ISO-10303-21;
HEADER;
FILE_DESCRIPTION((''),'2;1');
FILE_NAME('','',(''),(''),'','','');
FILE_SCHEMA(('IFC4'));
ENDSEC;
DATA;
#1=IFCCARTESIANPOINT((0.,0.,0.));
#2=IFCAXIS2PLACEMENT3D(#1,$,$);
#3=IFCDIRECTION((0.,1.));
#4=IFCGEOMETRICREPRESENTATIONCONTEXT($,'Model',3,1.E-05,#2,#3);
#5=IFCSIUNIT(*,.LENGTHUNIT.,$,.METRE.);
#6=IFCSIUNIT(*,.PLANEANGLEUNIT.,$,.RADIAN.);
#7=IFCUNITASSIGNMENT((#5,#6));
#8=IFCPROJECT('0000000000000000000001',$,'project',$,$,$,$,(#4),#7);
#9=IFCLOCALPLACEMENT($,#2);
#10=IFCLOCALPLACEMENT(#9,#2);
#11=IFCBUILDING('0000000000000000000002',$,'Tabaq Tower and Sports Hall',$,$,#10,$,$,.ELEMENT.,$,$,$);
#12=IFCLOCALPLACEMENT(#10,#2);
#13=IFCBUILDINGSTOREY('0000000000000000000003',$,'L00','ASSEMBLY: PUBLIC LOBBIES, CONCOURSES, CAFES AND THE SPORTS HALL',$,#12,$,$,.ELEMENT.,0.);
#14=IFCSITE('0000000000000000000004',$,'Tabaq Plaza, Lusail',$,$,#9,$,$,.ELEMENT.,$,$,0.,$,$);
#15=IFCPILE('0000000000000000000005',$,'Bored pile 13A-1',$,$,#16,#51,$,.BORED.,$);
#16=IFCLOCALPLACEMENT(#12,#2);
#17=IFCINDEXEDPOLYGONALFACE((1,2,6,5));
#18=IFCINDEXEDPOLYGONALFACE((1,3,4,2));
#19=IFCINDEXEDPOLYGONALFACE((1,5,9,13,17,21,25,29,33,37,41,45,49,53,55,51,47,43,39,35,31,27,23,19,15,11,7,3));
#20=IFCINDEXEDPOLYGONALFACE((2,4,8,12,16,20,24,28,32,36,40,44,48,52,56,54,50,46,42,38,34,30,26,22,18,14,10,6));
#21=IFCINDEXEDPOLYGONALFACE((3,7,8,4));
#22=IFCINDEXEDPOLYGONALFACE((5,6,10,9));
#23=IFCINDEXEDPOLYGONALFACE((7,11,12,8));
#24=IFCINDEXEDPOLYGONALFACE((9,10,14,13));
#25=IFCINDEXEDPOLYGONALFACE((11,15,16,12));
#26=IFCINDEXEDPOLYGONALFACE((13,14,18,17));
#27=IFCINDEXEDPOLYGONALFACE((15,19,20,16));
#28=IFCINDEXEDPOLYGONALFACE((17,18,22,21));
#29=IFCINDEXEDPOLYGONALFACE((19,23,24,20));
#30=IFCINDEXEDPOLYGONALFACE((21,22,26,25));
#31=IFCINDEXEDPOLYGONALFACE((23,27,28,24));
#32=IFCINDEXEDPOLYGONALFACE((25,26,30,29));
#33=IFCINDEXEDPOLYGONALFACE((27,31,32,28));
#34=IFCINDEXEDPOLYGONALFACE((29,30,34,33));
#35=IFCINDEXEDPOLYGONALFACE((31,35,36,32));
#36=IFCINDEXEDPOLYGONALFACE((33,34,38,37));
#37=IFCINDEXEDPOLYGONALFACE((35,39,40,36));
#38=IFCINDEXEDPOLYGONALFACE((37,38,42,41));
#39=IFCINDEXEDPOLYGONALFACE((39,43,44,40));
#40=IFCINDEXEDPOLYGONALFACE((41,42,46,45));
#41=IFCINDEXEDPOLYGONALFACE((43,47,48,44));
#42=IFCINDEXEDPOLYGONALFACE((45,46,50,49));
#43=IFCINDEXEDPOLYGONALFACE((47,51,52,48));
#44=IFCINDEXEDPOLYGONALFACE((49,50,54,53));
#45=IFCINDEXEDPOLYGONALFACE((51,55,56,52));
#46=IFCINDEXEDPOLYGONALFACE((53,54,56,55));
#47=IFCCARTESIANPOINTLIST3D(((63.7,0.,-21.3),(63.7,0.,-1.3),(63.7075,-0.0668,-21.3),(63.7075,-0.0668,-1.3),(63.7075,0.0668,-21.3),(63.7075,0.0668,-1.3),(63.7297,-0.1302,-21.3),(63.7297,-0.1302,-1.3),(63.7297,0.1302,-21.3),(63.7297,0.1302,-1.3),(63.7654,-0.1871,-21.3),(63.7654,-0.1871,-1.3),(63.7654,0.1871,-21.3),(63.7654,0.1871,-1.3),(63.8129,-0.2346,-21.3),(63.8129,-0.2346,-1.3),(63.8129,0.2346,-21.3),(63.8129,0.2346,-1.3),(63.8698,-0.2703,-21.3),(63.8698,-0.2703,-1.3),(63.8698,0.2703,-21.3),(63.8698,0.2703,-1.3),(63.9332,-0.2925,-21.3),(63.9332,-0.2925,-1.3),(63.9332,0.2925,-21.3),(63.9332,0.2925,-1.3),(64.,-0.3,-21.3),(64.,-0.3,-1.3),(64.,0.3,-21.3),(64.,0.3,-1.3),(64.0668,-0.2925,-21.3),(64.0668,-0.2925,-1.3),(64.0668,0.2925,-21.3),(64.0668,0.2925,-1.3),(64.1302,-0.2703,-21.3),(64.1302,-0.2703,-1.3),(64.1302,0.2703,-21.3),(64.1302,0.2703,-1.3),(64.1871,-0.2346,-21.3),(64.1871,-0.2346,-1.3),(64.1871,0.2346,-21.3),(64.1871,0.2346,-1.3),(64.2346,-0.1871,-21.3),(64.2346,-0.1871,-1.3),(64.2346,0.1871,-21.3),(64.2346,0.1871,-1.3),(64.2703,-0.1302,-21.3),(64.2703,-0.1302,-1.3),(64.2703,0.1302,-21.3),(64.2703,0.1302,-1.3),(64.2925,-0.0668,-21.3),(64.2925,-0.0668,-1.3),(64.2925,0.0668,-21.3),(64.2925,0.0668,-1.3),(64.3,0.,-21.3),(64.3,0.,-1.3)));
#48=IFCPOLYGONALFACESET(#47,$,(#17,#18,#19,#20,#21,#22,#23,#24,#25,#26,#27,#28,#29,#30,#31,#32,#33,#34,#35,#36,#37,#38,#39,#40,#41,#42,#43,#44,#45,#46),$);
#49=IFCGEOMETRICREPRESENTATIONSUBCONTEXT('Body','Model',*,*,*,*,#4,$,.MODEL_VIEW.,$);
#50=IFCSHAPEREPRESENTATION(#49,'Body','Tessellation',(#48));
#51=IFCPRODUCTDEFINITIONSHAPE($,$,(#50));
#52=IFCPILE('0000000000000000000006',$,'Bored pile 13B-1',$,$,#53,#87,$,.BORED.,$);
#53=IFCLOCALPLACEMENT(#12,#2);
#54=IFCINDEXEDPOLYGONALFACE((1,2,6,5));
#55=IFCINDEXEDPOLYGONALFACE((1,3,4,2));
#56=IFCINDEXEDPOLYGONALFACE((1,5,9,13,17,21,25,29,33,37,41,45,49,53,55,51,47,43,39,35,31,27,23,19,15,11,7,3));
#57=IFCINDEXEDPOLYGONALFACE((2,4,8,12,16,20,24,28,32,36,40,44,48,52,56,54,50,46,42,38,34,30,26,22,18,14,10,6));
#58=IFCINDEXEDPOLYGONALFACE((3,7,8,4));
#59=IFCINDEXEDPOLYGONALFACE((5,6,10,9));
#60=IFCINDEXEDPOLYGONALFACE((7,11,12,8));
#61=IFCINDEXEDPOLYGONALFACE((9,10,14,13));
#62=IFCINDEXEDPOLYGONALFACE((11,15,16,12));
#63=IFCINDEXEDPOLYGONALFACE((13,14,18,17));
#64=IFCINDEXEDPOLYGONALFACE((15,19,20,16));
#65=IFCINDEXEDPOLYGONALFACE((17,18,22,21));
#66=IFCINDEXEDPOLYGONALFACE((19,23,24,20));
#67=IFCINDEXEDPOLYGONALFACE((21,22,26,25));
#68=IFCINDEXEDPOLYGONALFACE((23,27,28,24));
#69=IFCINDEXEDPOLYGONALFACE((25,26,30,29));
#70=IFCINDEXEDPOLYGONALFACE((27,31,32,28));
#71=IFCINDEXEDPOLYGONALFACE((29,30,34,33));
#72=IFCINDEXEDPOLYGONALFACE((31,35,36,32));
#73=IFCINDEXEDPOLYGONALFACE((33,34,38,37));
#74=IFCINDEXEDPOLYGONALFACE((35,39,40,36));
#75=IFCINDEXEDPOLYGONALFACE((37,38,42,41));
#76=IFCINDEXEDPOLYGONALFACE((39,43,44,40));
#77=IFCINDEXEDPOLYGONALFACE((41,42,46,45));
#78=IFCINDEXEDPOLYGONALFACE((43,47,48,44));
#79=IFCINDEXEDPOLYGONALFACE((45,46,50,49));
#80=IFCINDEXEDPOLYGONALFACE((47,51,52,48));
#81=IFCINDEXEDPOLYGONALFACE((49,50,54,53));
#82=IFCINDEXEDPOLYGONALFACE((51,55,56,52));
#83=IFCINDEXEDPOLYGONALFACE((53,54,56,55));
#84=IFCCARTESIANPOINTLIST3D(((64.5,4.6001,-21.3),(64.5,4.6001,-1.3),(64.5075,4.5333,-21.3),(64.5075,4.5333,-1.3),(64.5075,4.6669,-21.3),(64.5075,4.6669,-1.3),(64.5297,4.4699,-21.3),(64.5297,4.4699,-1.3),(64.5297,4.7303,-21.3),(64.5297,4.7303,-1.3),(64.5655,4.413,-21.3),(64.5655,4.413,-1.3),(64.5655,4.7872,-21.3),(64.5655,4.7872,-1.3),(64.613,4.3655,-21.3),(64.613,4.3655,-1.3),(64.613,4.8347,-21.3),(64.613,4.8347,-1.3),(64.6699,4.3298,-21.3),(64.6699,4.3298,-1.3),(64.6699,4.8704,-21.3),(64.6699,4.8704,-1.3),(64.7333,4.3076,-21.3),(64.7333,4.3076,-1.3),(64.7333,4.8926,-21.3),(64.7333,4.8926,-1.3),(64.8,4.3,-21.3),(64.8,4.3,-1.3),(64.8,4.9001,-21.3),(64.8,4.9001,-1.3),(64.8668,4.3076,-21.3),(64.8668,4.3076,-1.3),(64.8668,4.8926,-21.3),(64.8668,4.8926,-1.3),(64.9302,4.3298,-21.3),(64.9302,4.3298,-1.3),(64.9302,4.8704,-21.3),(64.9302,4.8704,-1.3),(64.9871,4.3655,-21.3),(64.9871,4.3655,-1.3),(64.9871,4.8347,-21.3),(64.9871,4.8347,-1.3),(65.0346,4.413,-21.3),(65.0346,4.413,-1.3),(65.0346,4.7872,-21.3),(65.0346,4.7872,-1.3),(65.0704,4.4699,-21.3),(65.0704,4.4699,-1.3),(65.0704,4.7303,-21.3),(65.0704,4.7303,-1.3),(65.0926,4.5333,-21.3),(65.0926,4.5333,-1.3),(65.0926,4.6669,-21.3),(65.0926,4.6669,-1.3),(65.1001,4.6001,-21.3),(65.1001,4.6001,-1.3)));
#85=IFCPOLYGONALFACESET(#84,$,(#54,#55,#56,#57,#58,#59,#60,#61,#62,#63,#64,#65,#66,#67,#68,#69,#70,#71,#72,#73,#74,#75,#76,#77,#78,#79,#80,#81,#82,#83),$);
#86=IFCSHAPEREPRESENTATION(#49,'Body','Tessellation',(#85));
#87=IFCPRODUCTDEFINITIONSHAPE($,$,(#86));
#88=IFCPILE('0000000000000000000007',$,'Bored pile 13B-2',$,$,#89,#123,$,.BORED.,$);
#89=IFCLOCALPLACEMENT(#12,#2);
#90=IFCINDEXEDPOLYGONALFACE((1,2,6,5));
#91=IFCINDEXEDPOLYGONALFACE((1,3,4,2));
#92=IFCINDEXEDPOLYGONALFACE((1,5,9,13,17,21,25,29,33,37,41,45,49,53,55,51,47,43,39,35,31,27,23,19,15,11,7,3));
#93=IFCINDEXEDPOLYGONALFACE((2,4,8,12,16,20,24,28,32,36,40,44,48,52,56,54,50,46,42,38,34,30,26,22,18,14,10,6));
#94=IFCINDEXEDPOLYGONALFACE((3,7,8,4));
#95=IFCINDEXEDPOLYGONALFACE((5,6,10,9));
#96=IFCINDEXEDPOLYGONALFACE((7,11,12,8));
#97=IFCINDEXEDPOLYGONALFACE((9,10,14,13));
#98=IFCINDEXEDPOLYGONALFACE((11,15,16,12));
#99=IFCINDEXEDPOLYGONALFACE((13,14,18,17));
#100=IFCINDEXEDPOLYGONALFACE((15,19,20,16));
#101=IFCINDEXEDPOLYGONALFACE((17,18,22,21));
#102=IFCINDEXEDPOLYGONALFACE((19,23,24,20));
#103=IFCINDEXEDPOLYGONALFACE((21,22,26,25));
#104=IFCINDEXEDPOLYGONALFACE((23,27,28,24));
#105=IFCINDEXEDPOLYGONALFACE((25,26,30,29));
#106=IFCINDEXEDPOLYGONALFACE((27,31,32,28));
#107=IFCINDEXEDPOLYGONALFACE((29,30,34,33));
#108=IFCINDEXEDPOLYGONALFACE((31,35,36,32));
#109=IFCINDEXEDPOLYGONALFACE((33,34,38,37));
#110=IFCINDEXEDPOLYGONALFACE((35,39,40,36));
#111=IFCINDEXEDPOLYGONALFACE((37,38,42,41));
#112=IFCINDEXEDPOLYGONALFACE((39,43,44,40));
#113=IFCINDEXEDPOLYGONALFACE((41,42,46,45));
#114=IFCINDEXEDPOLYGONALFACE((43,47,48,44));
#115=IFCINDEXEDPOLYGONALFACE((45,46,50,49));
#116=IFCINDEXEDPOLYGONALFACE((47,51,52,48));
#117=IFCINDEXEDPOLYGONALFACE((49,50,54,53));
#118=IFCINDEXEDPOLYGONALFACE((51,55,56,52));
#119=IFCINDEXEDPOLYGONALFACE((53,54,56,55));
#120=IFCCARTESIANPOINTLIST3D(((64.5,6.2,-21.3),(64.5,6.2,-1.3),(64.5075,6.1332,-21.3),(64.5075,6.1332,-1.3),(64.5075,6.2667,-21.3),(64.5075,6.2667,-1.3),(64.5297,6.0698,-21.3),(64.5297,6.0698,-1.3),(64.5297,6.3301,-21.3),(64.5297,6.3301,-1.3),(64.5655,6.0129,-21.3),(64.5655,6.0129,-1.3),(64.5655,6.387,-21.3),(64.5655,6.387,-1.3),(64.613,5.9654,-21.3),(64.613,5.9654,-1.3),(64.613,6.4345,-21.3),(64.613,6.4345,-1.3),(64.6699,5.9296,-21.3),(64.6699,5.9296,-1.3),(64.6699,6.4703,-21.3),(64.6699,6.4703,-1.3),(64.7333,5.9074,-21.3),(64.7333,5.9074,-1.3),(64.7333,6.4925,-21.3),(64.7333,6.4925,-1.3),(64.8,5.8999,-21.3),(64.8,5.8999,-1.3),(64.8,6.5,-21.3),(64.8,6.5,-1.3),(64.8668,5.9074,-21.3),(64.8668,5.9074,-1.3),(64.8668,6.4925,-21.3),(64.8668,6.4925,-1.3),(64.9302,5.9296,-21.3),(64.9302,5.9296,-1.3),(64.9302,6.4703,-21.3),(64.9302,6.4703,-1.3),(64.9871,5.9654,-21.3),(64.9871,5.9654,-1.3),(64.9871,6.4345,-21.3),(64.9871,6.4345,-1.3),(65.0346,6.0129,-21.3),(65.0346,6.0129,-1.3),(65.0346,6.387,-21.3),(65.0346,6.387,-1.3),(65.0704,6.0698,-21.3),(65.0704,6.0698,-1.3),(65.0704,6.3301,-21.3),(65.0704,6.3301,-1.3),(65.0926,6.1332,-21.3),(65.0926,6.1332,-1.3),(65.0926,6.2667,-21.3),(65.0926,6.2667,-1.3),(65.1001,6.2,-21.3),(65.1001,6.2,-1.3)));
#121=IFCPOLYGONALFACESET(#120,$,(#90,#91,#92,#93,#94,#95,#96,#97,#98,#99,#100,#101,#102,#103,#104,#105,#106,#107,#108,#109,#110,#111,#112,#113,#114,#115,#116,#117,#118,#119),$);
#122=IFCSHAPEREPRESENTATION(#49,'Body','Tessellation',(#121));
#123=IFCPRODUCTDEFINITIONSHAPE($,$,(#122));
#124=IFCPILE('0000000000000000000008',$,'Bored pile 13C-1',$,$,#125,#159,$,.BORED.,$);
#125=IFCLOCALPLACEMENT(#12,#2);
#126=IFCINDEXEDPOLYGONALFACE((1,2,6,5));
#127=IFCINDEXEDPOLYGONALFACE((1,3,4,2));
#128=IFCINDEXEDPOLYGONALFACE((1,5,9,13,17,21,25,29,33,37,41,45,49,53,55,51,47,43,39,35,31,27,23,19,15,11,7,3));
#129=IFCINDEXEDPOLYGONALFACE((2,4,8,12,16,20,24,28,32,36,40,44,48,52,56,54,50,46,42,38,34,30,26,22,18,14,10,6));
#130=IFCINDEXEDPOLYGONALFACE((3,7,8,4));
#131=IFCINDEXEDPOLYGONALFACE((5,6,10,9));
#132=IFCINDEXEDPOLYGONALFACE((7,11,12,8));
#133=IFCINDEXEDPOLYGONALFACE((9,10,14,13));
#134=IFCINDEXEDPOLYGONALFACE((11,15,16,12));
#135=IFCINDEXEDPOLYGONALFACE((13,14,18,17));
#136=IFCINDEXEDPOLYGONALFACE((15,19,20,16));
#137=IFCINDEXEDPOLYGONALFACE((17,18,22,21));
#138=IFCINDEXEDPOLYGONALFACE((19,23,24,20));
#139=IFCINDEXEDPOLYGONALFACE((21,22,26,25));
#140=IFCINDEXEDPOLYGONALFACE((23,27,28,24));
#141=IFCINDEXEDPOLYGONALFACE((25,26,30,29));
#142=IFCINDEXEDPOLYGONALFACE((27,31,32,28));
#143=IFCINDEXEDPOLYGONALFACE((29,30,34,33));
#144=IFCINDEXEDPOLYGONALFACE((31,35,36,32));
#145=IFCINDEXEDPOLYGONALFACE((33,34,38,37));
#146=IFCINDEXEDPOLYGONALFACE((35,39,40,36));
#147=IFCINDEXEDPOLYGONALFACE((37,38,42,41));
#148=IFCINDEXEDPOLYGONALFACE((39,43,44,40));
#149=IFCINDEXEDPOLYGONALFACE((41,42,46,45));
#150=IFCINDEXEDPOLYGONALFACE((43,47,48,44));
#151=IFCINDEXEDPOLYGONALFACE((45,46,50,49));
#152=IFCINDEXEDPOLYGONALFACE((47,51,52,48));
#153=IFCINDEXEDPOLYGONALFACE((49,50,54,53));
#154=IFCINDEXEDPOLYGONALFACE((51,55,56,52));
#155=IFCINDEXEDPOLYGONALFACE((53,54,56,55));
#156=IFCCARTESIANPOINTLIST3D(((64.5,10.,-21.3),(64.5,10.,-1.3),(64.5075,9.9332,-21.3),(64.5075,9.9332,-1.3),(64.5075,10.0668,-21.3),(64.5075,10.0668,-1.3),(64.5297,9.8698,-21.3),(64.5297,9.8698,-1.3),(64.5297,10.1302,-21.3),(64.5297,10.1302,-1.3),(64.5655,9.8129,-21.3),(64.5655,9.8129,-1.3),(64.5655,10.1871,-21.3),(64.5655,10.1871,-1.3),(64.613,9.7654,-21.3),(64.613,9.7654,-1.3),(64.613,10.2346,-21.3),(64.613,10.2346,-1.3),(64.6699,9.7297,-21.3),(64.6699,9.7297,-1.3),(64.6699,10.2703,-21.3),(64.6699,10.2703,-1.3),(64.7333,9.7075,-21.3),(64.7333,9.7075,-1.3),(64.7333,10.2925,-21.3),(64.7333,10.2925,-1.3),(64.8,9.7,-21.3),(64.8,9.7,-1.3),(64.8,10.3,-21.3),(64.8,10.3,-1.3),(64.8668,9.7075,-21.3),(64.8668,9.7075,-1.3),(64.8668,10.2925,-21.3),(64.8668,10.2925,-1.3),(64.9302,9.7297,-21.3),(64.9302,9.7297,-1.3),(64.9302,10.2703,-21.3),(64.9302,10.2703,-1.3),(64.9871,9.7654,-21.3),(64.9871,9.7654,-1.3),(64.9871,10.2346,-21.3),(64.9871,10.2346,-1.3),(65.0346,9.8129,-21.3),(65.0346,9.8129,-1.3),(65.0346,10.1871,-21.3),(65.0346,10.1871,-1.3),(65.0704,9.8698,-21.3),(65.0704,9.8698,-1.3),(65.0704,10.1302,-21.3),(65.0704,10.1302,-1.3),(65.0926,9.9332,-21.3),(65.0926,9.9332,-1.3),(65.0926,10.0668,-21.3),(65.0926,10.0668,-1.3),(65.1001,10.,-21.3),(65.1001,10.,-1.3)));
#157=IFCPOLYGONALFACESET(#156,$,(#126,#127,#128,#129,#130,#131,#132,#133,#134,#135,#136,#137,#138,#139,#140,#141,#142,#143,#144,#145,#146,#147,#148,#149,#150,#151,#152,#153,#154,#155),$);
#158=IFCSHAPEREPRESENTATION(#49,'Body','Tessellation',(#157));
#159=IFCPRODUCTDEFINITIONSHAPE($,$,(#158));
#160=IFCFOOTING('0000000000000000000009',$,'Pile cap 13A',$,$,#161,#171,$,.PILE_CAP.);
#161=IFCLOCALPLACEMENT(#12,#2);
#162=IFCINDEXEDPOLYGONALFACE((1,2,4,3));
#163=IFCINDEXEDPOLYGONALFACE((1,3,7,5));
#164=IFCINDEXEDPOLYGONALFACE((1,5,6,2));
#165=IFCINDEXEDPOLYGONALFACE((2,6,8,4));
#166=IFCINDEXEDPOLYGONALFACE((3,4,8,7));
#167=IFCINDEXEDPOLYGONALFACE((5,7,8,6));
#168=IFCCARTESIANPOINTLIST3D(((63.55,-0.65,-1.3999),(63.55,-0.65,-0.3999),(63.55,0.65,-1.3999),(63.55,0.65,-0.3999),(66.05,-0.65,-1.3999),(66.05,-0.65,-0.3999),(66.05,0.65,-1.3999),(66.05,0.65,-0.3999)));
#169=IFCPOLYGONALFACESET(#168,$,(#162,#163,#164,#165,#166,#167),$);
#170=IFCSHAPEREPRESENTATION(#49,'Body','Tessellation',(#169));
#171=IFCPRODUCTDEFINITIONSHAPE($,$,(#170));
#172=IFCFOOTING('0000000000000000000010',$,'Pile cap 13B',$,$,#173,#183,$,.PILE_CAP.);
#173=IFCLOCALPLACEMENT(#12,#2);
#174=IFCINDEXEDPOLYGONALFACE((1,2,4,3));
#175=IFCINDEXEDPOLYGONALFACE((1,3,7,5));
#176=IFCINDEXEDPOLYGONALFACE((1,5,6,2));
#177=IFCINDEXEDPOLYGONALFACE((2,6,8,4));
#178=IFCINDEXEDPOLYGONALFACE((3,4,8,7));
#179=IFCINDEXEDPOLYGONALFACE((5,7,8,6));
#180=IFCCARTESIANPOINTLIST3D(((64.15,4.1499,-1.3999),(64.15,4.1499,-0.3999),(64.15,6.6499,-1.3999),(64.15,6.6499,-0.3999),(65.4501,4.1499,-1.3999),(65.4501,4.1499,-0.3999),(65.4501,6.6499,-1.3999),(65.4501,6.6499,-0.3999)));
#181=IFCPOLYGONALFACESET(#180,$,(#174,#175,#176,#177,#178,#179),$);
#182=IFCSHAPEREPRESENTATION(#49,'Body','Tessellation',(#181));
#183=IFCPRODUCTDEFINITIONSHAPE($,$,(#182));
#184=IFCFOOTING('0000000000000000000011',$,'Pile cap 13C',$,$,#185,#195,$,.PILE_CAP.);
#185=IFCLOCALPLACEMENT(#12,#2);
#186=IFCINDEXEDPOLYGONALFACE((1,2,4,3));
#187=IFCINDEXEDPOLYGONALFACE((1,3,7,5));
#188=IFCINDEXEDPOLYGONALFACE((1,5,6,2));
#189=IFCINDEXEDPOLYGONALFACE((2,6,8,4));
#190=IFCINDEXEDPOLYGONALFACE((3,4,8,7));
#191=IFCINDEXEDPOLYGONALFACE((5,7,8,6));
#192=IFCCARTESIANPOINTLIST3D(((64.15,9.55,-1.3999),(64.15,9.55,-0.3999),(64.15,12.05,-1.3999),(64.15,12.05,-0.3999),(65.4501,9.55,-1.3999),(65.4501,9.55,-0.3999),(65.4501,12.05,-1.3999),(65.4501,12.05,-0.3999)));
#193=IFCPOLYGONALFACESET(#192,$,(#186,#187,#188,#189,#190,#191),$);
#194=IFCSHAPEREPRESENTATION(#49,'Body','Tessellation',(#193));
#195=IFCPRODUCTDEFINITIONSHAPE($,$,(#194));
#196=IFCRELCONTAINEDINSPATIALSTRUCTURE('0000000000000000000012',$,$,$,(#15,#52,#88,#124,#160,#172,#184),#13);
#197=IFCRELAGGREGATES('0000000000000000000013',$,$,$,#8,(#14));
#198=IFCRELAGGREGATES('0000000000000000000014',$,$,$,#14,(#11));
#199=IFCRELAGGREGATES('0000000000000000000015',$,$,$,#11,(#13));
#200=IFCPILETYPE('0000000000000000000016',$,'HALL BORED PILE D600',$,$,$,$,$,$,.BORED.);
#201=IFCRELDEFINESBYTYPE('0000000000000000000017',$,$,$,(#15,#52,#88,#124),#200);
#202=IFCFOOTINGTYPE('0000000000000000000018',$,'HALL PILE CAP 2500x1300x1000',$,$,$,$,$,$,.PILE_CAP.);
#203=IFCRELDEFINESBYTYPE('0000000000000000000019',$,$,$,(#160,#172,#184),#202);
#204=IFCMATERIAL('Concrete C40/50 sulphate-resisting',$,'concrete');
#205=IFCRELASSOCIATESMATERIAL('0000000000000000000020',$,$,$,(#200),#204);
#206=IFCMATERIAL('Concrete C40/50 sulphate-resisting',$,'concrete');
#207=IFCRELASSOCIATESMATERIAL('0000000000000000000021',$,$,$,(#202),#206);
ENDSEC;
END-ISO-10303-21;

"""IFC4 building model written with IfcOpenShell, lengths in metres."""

from ifc_helpers import new_model, si_unit, direction, frame, origin, origin_2d, place, context, subcontext, project, spatial, rectangle, circle, extrude, material, material_profile, profile_set, type_object, element, save


model = new_model("IFC4")

# Units and contexts
model_context = context("Model", 3, precision=1e-05, world=origin(), true_north=direction((0.0, 1.0)))
body_context = subcontext(model_context, "Body", "Model", "MODEL_VIEW")
ifc_project = project(units=[si_unit("LENGTHUNIT", "METRE"), si_unit("PLANEANGLEUNIT", "RADIAN")], contexts=[model_context])

# Site, building, storey
site_placement = place(None, origin())
site = spatial("IfcSite", under=ifc_project, at=site_placement, Name="Tabaq Plaza, Lusail", CompositionType="ELEMENT", RefElevation=0.0)
building_placement = place(site_placement, origin())
building = spatial("IfcBuilding", under=site, at=building_placement, Name="Tabaq Tower and Sports Hall", CompositionType="ELEMENT")
storey_placement = place(building_placement, origin())
storey = spatial("IfcBuildingStorey", under=building, at=storey_placement, Name="L00", Description="ASSEMBLY: PUBLIC LOBBIES, CONCOURSES, CAFES AND THE SPORTS HALL", CompositionType="ELEMENT", Elevation=0.0)

# Piles
ifc_material_1 = material(Name="Concrete C40/50 sulphate-resisting", Category="concrete")
ifc_material_profile_1 = material_profile(ifc_material_1, circle(Radius=0.3, at=origin_2d()), Name="D600")
ifc_profile_set_1 = profile_set([ifc_material_profile_1], Name="Concrete C40/50 sulphate-resisting")
pile_type = type_object("IfcPileType", Name="HALL BORED PILE D600", PredefinedType="BORED", material=ifc_profile_set_1)
for number, where, z_axis, x_axis, name in (
    (1, (64.0, 0.0, -1.3), (0.0, 0.0, -1.0), (1.0, 0.0, 0.0), "Bored pile 13A-1"),
    (2, (64.8, 4.6001, -1.3), (0.0, 0.0, -1.0), (1.0, 0.0, 0.0), "Bored pile 13B-1"),
    (3, (64.8, 6.2, -1.3), (0.0, 0.0, -1.0), (1.0, 0.0, 0.0), "Bored pile 13B-2"),
    (4, (64.8, 10.0, -1.3), (0.0, 0.0, -1.0), (1.0, 0.0, 0.0), "Bored pile 13C-1"),
):
    element("IfcPile", number, at=place(storey_placement, frame(where, z_axis=z_axis, x_axis=x_axis)), inside=storey, type_object=pile_type, Name=name, PredefinedType="BORED", context=body_context, shape_type="SweptSolid", body=[
        extrude(circle(Radius=0.3, at=origin_2d()), origin(), (0.0, 0.0, 1.0), 20.0),
    ])

# Footings
ifc_material_2 = material(Name="Concrete C40/50 sulphate-resisting", Category="concrete")
footing_type = type_object("IfcFootingType", Name="HALL PILE CAP 2500x1300x1000", PredefinedType="PILE_CAP", material=ifc_material_2)
for number, where, z_axis, x_axis, name in (
    (5, (64.8, 0.0, -1.3999), (0.0, 0.0, 1.0), (1.0, 0.0, 0.0), "Pile cap 13A"),
    (6, (64.8, 5.3999, -1.3999), (0.0, 0.0, 1.0), (0.0, 1.0, 0.0), "Pile cap 13B"),
    (7, (64.8, 10.8, -1.3999), (0.0, 0.0, 1.0), (0.0, 1.0, 0.0), "Pile cap 13C"),
):
    element("IfcFooting", number, at=place(storey_placement, frame(where, z_axis=z_axis, x_axis=x_axis)), inside=storey, type_object=footing_type, Name=name, PredefinedType="PILE_CAP", context=body_context, shape_type="SweptSolid", body=[
        extrude(rectangle(XDim=2.5, YDim=1.3, at=origin_2d()), origin(), (0.0, 0.0, 1.0), 1.0),
    ])

save(model, "model.ifc")
